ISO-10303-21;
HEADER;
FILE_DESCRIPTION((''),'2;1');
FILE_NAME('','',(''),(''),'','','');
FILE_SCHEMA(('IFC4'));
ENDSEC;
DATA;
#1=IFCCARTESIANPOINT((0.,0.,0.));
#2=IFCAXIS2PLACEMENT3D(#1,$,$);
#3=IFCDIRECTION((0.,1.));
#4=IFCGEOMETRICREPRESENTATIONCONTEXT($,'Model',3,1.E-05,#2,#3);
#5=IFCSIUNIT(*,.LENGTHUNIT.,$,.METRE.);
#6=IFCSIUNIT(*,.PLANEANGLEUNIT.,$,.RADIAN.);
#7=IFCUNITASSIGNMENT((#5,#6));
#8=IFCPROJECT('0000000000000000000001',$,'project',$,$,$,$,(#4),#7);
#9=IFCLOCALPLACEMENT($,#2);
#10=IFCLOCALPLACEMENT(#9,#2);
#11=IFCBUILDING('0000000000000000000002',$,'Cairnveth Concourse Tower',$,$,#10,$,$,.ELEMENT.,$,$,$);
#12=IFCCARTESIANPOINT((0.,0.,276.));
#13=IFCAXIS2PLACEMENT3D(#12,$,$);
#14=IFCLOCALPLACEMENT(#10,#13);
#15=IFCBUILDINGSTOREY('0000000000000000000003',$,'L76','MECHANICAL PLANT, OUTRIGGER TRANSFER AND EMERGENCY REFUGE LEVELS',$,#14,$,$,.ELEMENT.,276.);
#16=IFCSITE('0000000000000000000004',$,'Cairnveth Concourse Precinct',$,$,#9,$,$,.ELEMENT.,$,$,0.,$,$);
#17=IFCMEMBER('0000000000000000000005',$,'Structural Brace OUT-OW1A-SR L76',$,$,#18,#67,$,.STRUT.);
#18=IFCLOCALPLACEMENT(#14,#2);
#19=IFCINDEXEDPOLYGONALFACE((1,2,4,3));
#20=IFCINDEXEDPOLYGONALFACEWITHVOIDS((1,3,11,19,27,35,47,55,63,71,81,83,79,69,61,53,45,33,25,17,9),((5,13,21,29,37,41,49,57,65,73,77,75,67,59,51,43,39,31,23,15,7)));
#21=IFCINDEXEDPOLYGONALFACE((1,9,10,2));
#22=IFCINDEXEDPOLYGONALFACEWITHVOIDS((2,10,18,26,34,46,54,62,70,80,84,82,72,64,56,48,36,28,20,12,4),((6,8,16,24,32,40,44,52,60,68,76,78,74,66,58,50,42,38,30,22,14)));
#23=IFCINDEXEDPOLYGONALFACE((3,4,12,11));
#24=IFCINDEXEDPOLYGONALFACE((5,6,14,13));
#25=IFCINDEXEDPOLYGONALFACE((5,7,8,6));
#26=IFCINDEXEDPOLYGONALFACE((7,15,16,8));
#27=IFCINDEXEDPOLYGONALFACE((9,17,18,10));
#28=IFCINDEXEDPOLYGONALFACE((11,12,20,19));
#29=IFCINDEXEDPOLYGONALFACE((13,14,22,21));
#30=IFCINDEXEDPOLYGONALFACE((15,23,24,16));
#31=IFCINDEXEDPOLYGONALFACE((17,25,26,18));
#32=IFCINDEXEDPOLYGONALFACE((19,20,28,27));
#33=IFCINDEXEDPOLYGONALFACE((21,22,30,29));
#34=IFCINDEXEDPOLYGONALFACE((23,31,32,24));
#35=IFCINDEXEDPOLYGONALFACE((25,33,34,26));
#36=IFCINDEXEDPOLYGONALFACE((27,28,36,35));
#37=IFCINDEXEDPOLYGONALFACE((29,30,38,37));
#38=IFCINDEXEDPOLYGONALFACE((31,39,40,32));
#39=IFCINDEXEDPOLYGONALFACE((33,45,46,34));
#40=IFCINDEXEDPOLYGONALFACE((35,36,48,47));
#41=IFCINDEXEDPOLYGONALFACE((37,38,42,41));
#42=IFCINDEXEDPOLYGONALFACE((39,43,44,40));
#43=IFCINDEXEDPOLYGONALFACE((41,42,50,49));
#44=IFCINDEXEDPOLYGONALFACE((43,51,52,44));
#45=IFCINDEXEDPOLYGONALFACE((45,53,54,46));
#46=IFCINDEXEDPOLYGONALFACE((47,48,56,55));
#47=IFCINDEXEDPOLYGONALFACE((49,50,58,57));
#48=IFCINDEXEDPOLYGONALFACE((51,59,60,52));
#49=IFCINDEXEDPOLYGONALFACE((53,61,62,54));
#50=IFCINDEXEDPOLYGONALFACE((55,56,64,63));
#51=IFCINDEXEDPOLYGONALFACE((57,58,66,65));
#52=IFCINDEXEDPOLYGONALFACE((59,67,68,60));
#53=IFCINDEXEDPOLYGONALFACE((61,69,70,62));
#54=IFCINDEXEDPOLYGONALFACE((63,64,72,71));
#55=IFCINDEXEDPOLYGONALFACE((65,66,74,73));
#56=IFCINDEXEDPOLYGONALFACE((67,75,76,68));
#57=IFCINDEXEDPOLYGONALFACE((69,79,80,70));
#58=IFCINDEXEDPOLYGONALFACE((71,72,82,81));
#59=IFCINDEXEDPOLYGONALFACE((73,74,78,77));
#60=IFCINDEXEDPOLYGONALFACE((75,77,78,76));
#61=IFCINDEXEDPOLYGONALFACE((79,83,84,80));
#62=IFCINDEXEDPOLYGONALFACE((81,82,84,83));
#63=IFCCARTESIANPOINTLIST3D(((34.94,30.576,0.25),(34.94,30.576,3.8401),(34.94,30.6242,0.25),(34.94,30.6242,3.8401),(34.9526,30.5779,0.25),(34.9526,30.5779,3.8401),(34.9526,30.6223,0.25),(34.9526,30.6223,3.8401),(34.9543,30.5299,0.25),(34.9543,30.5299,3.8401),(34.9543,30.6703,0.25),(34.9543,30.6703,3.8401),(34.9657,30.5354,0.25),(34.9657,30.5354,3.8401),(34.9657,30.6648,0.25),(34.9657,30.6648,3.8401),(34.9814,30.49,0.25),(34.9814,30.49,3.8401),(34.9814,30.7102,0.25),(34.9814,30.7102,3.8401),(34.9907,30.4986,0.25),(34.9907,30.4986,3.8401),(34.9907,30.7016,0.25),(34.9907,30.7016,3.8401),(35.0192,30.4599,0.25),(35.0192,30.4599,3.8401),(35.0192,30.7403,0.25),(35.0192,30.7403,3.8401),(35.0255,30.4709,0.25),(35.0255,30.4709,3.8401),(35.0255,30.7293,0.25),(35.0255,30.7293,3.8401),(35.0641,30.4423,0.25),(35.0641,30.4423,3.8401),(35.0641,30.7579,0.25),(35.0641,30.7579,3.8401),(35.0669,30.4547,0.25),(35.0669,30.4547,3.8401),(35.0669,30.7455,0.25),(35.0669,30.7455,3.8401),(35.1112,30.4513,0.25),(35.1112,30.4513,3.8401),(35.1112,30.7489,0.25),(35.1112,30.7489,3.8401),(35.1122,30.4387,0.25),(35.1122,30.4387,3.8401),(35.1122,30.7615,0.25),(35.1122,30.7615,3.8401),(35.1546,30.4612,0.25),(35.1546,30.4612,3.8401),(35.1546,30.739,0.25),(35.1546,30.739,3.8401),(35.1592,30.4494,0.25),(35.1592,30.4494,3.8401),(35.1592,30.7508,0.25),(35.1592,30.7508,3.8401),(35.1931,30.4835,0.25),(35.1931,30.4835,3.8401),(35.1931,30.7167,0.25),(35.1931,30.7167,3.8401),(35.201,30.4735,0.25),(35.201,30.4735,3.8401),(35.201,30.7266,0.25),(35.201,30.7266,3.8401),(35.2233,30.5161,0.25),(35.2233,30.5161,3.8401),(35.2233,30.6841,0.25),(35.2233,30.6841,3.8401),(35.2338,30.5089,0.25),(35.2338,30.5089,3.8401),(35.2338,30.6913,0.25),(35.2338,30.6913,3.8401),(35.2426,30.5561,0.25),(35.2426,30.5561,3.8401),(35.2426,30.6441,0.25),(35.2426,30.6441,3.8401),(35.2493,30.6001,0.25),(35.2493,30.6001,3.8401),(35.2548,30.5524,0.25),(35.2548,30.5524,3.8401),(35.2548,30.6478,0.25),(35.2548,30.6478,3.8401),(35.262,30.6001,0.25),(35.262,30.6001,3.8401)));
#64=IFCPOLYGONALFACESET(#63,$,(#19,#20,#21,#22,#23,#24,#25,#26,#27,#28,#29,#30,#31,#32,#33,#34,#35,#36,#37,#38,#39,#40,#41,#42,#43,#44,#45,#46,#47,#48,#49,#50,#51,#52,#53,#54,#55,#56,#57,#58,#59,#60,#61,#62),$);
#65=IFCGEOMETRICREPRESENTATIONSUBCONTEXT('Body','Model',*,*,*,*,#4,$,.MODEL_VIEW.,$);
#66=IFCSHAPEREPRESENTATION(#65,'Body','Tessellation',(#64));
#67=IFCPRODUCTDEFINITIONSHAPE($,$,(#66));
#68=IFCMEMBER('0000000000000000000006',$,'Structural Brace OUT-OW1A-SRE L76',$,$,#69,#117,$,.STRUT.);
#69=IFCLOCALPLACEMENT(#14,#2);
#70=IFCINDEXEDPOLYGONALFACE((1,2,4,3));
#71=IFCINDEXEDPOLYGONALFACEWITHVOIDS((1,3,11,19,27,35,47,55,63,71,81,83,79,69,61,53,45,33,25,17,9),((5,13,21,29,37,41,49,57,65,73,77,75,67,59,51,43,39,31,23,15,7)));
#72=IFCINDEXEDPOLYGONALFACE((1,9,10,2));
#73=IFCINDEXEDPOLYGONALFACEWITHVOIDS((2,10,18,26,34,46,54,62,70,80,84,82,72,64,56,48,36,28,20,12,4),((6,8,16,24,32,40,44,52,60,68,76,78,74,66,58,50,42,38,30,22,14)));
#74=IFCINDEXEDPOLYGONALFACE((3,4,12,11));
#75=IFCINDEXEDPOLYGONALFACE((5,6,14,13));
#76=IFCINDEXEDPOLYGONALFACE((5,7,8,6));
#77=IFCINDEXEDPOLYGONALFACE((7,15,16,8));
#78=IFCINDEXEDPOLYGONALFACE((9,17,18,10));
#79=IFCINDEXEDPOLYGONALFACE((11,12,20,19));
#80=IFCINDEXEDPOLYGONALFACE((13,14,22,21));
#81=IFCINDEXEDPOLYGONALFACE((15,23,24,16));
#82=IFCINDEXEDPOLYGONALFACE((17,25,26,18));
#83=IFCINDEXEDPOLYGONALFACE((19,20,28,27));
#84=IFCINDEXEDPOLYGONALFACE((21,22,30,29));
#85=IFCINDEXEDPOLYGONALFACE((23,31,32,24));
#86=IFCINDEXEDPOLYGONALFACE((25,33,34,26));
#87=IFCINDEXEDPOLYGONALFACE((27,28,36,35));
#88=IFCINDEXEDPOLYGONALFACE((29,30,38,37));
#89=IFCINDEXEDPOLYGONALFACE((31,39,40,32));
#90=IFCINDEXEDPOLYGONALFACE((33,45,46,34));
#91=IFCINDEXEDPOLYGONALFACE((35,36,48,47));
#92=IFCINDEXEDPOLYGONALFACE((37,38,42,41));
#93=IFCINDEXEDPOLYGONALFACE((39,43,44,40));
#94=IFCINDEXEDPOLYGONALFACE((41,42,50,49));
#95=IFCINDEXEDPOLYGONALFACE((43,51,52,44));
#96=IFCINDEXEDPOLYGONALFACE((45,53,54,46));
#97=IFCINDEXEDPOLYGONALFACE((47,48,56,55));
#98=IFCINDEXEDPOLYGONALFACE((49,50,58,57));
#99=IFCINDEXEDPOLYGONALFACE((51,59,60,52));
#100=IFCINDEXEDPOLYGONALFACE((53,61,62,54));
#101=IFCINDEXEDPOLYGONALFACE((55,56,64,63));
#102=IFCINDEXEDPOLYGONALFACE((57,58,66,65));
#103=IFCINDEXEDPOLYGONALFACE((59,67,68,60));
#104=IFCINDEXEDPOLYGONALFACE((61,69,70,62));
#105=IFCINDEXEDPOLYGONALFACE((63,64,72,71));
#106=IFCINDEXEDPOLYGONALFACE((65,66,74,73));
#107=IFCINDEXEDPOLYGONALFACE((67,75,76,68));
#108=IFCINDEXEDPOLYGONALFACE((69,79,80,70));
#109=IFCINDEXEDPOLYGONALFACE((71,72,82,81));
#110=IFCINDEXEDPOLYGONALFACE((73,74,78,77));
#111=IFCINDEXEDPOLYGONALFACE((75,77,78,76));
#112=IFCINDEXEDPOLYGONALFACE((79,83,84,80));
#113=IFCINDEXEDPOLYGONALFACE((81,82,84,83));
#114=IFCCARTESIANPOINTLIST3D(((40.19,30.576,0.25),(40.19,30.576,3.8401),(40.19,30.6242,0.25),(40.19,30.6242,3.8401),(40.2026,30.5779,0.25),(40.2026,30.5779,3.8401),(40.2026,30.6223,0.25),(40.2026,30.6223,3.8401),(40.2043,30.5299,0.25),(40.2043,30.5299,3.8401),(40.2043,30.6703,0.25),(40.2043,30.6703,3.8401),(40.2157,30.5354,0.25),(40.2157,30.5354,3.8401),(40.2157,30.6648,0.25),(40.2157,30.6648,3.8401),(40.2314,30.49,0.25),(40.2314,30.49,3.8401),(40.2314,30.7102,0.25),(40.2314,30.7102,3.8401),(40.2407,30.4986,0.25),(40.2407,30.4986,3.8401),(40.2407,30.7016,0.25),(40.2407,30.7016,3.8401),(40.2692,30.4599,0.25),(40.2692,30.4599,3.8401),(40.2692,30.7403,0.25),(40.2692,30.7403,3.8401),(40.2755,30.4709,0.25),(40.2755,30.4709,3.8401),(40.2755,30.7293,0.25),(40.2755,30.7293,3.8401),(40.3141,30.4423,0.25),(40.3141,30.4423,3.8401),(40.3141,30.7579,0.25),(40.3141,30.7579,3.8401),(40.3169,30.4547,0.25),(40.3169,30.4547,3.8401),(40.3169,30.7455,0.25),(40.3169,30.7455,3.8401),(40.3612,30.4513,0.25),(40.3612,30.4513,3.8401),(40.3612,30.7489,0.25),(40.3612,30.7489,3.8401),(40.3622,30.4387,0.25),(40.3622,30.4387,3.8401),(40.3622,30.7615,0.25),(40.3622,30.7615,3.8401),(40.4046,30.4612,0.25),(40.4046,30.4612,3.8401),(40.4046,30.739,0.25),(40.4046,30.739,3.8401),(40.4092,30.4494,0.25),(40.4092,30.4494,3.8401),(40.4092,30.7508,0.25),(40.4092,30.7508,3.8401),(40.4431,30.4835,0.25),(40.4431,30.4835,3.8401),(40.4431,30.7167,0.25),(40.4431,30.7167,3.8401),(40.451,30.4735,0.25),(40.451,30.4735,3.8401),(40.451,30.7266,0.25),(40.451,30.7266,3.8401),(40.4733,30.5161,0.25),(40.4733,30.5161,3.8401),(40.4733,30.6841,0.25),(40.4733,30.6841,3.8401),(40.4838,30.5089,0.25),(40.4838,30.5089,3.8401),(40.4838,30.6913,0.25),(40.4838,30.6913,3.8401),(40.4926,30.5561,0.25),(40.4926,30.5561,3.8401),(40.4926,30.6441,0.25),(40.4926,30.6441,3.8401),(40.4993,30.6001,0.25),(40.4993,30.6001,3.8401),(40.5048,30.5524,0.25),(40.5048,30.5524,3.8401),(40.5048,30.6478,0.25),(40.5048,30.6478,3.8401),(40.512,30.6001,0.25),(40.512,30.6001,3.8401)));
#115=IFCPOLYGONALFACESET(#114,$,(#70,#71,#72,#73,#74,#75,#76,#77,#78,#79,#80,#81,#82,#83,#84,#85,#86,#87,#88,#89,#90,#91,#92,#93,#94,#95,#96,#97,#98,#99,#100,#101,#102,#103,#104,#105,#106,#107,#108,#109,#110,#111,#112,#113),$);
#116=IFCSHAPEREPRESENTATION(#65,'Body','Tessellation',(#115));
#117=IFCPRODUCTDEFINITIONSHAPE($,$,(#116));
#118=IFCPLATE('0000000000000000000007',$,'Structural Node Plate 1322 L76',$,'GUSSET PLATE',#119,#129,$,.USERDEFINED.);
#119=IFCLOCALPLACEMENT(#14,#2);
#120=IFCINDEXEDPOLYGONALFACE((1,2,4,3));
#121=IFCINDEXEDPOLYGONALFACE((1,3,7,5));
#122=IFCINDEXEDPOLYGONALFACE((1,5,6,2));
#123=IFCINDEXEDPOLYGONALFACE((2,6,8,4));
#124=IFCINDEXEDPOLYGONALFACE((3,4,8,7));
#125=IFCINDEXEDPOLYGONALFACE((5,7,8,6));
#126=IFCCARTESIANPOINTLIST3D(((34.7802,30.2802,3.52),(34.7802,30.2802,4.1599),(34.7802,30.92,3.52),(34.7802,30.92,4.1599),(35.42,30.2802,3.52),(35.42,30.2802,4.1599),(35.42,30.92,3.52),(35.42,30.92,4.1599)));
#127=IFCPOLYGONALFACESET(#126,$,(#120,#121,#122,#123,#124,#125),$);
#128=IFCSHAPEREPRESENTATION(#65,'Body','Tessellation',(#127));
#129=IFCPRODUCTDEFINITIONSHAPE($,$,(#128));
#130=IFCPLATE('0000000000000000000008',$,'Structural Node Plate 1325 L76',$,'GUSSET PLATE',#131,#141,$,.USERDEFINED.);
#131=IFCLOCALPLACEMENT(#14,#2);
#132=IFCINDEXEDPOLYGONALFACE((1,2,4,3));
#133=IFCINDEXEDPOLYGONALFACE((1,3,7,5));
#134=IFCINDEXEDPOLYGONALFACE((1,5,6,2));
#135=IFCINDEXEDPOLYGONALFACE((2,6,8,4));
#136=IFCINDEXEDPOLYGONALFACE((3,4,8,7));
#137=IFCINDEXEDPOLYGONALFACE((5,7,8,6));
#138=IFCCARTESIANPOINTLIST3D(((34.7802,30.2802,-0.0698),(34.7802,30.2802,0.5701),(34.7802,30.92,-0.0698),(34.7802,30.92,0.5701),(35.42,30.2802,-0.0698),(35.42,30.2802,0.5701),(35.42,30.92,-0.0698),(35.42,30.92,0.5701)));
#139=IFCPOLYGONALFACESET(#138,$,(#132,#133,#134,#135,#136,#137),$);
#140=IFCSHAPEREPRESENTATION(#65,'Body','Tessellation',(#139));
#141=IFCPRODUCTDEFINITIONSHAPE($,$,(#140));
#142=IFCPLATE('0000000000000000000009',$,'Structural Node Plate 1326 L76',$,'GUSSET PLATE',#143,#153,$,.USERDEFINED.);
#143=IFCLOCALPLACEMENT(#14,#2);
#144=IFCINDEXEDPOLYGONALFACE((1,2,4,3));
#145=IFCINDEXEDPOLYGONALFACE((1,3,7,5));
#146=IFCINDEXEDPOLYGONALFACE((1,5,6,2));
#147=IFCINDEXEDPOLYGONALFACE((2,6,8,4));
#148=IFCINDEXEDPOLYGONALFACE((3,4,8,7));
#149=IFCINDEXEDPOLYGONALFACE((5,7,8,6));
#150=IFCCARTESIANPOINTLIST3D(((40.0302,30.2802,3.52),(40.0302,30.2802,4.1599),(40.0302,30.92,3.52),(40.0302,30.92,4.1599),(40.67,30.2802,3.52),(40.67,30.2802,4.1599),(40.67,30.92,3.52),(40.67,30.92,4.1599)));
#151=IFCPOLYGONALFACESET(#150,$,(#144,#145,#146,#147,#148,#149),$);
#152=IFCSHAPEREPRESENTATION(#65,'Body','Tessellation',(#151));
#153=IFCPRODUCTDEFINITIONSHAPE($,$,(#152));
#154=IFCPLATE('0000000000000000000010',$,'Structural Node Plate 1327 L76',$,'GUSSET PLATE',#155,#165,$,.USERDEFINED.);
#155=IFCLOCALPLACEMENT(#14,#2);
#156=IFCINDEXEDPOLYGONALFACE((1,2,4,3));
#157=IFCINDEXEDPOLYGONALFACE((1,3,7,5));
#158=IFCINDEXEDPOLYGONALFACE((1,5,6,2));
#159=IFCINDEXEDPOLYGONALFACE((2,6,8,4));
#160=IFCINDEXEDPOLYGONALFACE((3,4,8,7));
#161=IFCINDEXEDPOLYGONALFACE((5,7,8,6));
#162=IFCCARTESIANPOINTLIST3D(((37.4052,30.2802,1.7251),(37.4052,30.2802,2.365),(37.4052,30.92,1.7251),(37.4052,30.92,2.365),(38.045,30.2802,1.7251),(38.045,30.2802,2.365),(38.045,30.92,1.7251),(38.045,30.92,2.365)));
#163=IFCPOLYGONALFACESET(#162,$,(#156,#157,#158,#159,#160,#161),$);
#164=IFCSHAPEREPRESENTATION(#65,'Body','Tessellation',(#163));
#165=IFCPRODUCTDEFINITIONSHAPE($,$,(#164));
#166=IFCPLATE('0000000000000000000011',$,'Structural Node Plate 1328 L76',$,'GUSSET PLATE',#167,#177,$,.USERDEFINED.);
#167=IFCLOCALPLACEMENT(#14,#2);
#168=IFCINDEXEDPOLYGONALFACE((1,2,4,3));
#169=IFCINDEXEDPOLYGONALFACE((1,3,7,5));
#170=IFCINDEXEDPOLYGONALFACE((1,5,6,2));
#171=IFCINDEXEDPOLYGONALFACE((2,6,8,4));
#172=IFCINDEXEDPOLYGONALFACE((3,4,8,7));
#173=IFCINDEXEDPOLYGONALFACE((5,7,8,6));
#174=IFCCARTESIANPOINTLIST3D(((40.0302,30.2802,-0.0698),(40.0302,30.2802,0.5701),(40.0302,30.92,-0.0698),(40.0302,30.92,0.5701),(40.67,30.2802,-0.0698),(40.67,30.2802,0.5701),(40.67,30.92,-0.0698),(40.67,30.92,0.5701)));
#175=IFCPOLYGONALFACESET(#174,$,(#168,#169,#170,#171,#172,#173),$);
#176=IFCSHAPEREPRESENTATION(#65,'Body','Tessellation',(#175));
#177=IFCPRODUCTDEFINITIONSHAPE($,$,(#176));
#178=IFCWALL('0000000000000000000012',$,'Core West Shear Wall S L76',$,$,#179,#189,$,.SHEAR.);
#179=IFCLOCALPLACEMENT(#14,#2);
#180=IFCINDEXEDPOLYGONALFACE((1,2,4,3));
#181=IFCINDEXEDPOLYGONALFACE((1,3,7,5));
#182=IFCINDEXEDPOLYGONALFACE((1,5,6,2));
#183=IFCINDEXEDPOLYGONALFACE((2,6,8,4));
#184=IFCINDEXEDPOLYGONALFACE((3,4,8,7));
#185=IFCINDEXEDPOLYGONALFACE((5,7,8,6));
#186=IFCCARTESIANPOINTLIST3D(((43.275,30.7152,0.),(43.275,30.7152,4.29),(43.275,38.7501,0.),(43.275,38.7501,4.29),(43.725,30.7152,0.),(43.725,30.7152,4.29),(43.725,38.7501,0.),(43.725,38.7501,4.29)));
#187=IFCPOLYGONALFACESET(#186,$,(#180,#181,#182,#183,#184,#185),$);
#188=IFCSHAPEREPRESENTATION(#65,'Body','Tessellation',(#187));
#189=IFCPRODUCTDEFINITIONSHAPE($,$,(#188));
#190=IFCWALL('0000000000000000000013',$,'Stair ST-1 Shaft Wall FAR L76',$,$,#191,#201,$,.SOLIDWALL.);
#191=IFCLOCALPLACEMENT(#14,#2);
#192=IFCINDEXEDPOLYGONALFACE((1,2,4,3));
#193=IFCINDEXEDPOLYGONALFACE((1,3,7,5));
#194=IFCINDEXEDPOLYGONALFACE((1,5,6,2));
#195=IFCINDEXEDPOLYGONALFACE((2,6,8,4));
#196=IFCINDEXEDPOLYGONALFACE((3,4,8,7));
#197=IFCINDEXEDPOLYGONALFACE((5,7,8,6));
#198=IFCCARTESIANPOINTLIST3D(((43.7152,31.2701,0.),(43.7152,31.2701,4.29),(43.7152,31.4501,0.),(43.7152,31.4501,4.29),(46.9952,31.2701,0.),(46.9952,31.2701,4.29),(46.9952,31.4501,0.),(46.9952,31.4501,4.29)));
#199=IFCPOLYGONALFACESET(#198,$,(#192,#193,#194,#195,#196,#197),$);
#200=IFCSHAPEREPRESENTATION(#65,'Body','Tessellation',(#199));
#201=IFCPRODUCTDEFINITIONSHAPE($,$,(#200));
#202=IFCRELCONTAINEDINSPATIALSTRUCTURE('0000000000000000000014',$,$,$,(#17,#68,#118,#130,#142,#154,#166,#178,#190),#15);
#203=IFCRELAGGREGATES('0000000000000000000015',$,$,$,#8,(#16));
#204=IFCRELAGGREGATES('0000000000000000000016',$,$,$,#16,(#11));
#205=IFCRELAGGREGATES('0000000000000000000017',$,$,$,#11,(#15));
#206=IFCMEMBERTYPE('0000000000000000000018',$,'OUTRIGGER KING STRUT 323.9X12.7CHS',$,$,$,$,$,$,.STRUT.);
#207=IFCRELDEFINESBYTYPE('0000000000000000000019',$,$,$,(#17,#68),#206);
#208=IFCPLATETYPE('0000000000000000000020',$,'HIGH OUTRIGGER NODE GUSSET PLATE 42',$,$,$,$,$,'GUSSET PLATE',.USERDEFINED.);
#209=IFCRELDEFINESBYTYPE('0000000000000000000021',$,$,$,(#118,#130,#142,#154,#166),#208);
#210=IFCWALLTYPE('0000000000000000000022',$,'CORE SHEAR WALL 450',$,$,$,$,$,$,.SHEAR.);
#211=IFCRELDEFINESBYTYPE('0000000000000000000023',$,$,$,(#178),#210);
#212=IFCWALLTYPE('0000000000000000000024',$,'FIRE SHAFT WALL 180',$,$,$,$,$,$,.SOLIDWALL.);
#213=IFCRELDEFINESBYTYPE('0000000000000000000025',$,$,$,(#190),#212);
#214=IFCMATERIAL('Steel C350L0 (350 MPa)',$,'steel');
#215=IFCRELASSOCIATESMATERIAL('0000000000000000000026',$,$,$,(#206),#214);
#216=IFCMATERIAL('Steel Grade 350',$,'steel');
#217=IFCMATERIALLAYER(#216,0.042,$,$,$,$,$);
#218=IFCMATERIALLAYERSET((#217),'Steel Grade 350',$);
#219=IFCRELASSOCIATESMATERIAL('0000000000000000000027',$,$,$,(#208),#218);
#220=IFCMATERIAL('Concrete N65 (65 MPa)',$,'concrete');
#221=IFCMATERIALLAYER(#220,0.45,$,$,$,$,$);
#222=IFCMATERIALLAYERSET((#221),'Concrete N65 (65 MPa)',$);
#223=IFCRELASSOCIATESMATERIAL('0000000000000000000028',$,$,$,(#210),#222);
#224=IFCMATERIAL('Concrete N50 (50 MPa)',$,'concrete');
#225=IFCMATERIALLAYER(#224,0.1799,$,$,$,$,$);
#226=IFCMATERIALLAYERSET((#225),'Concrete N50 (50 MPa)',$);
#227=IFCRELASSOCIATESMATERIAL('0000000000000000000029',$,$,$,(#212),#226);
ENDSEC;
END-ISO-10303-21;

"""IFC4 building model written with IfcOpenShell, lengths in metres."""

from ifc_helpers import new_model, si_unit, direction, frame, frame_2d, origin, origin_2d, place, context, subcontext, project, spatial, rectangle, hollow_circle, extrude, material, layer, layer_set, material_profile, profile_set, type_object, element, save


model = new_model("IFC4")

# Units and contexts
model_context = context("Model", 3, precision=1e-05, world=origin(), true_north=direction((0.0, 1.0)))
body_context = subcontext(model_context, "Body", "Model", "MODEL_VIEW")
ifc_project = project(units=[si_unit("LENGTHUNIT", "METRE"), si_unit("PLANEANGLEUNIT", "RADIAN")], contexts=[model_context])

# Site, building, storey
site_placement = place(None, origin())
site = spatial("IfcSite", under=ifc_project, at=site_placement, Name="Cairnveth Concourse Precinct", CompositionType="ELEMENT", RefElevation=0.0)
building_placement = place(site_placement, origin())
building = spatial("IfcBuilding", under=site, at=building_placement, Name="Cairnveth Concourse Tower", CompositionType="ELEMENT")
storey_placement = place(building_placement, frame((0.0, 0.0, 276.0)))
storey = spatial("IfcBuildingStorey", under=building, at=storey_placement, Name="L76", Description="MECHANICAL PLANT, OUTRIGGER TRANSFER AND EMERGENCY REFUGE LEVELS", CompositionType="ELEMENT", Elevation=276.0)

# Shared definitions
ifc_material_1 = material(Name="Concrete N65 (65 MPa)", Category="concrete")

# Members
ifc_material_2 = material(Name="Steel C350L0 (350 MPa)", Category="steel")
ifc_material_profile_1 = material_profile(ifc_material_2, hollow_circle(Radius=0.1619, WallThickness=0.0127, at=origin_2d()), Name="323.9x12.7CHS")
ifc_profile_set_1 = profile_set([ifc_material_profile_1], Name="Steel C350L0 (350 MPa)")
member_type_1 = type_object("IfcMemberType", Name="OUTRIGGER KING STRUT 323.9X12.7CHS", PredefinedType="STRUT", material=ifc_profile_set_1)
for number, where, z_axis, x_axis, name in (
    (1, (35.1001, 30.6001, 0.25), (0.0, 0.0, 1.0), (1.0, 0.0, 0.0), "Structural Brace OUT-OW1A-SR L76"),
    (2, (40.3501, 30.6001, 0.25), (0.0, 0.0, 1.0), (1.0, 0.0, 0.0), "Structural Brace OUT-OW1A-SRE L76"),
):
    element("IfcMember", number, at=place(storey_placement, frame(where, z_axis=z_axis, x_axis=x_axis)), inside=storey, type_object=member_type_1, Name=name, PredefinedType="STRUT", context=body_context, shape_type="SweptSolid", body=[
        extrude(hollow_circle(Radius=0.1619, WallThickness=0.0127, at=origin_2d()), origin(), (0.0, 0.0, 1.0), 3.5901),
    ])

# Plates
ifc_material_3 = material(Name="Steel Grade 350", Category="steel")
ifc_layer_1 = layer(ifc_material_3, 0.042)
ifc_layer_set_1 = layer_set([ifc_layer_1], Name="Steel Grade 350")
plate_type = type_object("IfcPlateType", Name="HIGH OUTRIGGER NODE GUSSET PLATE 42", ElementType="GUSSET PLATE", PredefinedType="USERDEFINED", material=ifc_layer_set_1)
for number, where, z_axis, x_axis, name in (
    (3, (35.1001, 30.6001, 3.52), (0.0, 0.0, 1.0), (1.0, 0.0, 0.0), "Structural Node Plate 1322 L76"),
    (4, (35.1001, 30.6001, -0.0698), (0.0, 0.0, 1.0), (1.0, 0.0, 0.0), "Structural Node Plate 1325 L76"),
    (5, (40.3501, 30.6001, 3.52), (0.0, 0.0, 1.0), (1.0, 0.0, 0.0), "Structural Node Plate 1326 L76"),
    (6, (37.7251, 30.6001, 1.7251), (0.0, 0.0, 1.0), (1.0, 0.0, 0.0), "Structural Node Plate 1327 L76"),
    (7, (40.3501, 30.6001, -0.0698), (0.0, 0.0, 1.0), (1.0, 0.0, 0.0), "Structural Node Plate 1328 L76"),
):
    element("IfcPlate", number, at=place(storey_placement, frame(where, z_axis=z_axis, x_axis=x_axis)), inside=storey, type_object=plate_type, Name=name, ObjectType="GUSSET PLATE", PredefinedType="USERDEFINED", context=body_context, shape_type="SweptSolid", body=[
        extrude(rectangle(XDim=0.6399, YDim=0.6399, at=origin_2d()), origin(), (0.0, 0.0, 1.0), 0.6399),
    ])

# Walls
ifc_layer_2 = layer(ifc_material_1, 0.45)
ifc_layer_set_2 = layer_set([ifc_layer_2], Name="Concrete N65 (65 MPa)")
wall_type_1 = type_object("IfcWallType", Name="CORE SHEAR WALL 450", PredefinedType="SHEAR", material=ifc_layer_set_2)
wall_1_placement = place(storey_placement, frame((43.5, 30.7151, 0.0), z_axis=(0.0, 0.0, 1.0), x_axis=(0.0, 1.0, 0.0)))
element("IfcWall", 8, at=wall_1_placement, inside=storey, type_object=wall_type_1, Name="Core West Shear Wall S L76", PredefinedType="SHEAR", context=body_context, shape_type="SweptSolid", body=[
    extrude(rectangle(XDim=8.0349, YDim=0.45, at=frame_2d((4.0176, 0.0))), origin(), (0.0, 0.0, 1.0), 4.29),
])
ifc_material_4 = material(Name="Concrete N50 (50 MPa)", Category="concrete")
ifc_layer_3 = layer(ifc_material_4, 0.1799)
ifc_layer_set_3 = layer_set([ifc_layer_3], Name="Concrete N50 (50 MPa)")
wall_type_2 = type_object("IfcWallType", Name="FIRE SHAFT WALL 180", PredefinedType="SOLIDWALL", material=ifc_layer_set_3)
wall_2_placement = place(storey_placement, frame((43.7151, 31.3601, 0.0), z_axis=(0.0, 0.0, 1.0), x_axis=(1.0, 0.0, 0.0)))
element("IfcWall", 9, at=wall_2_placement, inside=storey, type_object=wall_type_2, Name="Stair ST-1 Shaft Wall FAR L76", PredefinedType="SOLIDWALL", context=body_context, shape_type="SweptSolid", body=[
    extrude(rectangle(XDim=3.28, YDim=0.1799, at=frame_2d((1.6401, 0.0))), origin(), (0.0, 0.0, 1.0), 4.29),
])

save(model, "model.ifc")
